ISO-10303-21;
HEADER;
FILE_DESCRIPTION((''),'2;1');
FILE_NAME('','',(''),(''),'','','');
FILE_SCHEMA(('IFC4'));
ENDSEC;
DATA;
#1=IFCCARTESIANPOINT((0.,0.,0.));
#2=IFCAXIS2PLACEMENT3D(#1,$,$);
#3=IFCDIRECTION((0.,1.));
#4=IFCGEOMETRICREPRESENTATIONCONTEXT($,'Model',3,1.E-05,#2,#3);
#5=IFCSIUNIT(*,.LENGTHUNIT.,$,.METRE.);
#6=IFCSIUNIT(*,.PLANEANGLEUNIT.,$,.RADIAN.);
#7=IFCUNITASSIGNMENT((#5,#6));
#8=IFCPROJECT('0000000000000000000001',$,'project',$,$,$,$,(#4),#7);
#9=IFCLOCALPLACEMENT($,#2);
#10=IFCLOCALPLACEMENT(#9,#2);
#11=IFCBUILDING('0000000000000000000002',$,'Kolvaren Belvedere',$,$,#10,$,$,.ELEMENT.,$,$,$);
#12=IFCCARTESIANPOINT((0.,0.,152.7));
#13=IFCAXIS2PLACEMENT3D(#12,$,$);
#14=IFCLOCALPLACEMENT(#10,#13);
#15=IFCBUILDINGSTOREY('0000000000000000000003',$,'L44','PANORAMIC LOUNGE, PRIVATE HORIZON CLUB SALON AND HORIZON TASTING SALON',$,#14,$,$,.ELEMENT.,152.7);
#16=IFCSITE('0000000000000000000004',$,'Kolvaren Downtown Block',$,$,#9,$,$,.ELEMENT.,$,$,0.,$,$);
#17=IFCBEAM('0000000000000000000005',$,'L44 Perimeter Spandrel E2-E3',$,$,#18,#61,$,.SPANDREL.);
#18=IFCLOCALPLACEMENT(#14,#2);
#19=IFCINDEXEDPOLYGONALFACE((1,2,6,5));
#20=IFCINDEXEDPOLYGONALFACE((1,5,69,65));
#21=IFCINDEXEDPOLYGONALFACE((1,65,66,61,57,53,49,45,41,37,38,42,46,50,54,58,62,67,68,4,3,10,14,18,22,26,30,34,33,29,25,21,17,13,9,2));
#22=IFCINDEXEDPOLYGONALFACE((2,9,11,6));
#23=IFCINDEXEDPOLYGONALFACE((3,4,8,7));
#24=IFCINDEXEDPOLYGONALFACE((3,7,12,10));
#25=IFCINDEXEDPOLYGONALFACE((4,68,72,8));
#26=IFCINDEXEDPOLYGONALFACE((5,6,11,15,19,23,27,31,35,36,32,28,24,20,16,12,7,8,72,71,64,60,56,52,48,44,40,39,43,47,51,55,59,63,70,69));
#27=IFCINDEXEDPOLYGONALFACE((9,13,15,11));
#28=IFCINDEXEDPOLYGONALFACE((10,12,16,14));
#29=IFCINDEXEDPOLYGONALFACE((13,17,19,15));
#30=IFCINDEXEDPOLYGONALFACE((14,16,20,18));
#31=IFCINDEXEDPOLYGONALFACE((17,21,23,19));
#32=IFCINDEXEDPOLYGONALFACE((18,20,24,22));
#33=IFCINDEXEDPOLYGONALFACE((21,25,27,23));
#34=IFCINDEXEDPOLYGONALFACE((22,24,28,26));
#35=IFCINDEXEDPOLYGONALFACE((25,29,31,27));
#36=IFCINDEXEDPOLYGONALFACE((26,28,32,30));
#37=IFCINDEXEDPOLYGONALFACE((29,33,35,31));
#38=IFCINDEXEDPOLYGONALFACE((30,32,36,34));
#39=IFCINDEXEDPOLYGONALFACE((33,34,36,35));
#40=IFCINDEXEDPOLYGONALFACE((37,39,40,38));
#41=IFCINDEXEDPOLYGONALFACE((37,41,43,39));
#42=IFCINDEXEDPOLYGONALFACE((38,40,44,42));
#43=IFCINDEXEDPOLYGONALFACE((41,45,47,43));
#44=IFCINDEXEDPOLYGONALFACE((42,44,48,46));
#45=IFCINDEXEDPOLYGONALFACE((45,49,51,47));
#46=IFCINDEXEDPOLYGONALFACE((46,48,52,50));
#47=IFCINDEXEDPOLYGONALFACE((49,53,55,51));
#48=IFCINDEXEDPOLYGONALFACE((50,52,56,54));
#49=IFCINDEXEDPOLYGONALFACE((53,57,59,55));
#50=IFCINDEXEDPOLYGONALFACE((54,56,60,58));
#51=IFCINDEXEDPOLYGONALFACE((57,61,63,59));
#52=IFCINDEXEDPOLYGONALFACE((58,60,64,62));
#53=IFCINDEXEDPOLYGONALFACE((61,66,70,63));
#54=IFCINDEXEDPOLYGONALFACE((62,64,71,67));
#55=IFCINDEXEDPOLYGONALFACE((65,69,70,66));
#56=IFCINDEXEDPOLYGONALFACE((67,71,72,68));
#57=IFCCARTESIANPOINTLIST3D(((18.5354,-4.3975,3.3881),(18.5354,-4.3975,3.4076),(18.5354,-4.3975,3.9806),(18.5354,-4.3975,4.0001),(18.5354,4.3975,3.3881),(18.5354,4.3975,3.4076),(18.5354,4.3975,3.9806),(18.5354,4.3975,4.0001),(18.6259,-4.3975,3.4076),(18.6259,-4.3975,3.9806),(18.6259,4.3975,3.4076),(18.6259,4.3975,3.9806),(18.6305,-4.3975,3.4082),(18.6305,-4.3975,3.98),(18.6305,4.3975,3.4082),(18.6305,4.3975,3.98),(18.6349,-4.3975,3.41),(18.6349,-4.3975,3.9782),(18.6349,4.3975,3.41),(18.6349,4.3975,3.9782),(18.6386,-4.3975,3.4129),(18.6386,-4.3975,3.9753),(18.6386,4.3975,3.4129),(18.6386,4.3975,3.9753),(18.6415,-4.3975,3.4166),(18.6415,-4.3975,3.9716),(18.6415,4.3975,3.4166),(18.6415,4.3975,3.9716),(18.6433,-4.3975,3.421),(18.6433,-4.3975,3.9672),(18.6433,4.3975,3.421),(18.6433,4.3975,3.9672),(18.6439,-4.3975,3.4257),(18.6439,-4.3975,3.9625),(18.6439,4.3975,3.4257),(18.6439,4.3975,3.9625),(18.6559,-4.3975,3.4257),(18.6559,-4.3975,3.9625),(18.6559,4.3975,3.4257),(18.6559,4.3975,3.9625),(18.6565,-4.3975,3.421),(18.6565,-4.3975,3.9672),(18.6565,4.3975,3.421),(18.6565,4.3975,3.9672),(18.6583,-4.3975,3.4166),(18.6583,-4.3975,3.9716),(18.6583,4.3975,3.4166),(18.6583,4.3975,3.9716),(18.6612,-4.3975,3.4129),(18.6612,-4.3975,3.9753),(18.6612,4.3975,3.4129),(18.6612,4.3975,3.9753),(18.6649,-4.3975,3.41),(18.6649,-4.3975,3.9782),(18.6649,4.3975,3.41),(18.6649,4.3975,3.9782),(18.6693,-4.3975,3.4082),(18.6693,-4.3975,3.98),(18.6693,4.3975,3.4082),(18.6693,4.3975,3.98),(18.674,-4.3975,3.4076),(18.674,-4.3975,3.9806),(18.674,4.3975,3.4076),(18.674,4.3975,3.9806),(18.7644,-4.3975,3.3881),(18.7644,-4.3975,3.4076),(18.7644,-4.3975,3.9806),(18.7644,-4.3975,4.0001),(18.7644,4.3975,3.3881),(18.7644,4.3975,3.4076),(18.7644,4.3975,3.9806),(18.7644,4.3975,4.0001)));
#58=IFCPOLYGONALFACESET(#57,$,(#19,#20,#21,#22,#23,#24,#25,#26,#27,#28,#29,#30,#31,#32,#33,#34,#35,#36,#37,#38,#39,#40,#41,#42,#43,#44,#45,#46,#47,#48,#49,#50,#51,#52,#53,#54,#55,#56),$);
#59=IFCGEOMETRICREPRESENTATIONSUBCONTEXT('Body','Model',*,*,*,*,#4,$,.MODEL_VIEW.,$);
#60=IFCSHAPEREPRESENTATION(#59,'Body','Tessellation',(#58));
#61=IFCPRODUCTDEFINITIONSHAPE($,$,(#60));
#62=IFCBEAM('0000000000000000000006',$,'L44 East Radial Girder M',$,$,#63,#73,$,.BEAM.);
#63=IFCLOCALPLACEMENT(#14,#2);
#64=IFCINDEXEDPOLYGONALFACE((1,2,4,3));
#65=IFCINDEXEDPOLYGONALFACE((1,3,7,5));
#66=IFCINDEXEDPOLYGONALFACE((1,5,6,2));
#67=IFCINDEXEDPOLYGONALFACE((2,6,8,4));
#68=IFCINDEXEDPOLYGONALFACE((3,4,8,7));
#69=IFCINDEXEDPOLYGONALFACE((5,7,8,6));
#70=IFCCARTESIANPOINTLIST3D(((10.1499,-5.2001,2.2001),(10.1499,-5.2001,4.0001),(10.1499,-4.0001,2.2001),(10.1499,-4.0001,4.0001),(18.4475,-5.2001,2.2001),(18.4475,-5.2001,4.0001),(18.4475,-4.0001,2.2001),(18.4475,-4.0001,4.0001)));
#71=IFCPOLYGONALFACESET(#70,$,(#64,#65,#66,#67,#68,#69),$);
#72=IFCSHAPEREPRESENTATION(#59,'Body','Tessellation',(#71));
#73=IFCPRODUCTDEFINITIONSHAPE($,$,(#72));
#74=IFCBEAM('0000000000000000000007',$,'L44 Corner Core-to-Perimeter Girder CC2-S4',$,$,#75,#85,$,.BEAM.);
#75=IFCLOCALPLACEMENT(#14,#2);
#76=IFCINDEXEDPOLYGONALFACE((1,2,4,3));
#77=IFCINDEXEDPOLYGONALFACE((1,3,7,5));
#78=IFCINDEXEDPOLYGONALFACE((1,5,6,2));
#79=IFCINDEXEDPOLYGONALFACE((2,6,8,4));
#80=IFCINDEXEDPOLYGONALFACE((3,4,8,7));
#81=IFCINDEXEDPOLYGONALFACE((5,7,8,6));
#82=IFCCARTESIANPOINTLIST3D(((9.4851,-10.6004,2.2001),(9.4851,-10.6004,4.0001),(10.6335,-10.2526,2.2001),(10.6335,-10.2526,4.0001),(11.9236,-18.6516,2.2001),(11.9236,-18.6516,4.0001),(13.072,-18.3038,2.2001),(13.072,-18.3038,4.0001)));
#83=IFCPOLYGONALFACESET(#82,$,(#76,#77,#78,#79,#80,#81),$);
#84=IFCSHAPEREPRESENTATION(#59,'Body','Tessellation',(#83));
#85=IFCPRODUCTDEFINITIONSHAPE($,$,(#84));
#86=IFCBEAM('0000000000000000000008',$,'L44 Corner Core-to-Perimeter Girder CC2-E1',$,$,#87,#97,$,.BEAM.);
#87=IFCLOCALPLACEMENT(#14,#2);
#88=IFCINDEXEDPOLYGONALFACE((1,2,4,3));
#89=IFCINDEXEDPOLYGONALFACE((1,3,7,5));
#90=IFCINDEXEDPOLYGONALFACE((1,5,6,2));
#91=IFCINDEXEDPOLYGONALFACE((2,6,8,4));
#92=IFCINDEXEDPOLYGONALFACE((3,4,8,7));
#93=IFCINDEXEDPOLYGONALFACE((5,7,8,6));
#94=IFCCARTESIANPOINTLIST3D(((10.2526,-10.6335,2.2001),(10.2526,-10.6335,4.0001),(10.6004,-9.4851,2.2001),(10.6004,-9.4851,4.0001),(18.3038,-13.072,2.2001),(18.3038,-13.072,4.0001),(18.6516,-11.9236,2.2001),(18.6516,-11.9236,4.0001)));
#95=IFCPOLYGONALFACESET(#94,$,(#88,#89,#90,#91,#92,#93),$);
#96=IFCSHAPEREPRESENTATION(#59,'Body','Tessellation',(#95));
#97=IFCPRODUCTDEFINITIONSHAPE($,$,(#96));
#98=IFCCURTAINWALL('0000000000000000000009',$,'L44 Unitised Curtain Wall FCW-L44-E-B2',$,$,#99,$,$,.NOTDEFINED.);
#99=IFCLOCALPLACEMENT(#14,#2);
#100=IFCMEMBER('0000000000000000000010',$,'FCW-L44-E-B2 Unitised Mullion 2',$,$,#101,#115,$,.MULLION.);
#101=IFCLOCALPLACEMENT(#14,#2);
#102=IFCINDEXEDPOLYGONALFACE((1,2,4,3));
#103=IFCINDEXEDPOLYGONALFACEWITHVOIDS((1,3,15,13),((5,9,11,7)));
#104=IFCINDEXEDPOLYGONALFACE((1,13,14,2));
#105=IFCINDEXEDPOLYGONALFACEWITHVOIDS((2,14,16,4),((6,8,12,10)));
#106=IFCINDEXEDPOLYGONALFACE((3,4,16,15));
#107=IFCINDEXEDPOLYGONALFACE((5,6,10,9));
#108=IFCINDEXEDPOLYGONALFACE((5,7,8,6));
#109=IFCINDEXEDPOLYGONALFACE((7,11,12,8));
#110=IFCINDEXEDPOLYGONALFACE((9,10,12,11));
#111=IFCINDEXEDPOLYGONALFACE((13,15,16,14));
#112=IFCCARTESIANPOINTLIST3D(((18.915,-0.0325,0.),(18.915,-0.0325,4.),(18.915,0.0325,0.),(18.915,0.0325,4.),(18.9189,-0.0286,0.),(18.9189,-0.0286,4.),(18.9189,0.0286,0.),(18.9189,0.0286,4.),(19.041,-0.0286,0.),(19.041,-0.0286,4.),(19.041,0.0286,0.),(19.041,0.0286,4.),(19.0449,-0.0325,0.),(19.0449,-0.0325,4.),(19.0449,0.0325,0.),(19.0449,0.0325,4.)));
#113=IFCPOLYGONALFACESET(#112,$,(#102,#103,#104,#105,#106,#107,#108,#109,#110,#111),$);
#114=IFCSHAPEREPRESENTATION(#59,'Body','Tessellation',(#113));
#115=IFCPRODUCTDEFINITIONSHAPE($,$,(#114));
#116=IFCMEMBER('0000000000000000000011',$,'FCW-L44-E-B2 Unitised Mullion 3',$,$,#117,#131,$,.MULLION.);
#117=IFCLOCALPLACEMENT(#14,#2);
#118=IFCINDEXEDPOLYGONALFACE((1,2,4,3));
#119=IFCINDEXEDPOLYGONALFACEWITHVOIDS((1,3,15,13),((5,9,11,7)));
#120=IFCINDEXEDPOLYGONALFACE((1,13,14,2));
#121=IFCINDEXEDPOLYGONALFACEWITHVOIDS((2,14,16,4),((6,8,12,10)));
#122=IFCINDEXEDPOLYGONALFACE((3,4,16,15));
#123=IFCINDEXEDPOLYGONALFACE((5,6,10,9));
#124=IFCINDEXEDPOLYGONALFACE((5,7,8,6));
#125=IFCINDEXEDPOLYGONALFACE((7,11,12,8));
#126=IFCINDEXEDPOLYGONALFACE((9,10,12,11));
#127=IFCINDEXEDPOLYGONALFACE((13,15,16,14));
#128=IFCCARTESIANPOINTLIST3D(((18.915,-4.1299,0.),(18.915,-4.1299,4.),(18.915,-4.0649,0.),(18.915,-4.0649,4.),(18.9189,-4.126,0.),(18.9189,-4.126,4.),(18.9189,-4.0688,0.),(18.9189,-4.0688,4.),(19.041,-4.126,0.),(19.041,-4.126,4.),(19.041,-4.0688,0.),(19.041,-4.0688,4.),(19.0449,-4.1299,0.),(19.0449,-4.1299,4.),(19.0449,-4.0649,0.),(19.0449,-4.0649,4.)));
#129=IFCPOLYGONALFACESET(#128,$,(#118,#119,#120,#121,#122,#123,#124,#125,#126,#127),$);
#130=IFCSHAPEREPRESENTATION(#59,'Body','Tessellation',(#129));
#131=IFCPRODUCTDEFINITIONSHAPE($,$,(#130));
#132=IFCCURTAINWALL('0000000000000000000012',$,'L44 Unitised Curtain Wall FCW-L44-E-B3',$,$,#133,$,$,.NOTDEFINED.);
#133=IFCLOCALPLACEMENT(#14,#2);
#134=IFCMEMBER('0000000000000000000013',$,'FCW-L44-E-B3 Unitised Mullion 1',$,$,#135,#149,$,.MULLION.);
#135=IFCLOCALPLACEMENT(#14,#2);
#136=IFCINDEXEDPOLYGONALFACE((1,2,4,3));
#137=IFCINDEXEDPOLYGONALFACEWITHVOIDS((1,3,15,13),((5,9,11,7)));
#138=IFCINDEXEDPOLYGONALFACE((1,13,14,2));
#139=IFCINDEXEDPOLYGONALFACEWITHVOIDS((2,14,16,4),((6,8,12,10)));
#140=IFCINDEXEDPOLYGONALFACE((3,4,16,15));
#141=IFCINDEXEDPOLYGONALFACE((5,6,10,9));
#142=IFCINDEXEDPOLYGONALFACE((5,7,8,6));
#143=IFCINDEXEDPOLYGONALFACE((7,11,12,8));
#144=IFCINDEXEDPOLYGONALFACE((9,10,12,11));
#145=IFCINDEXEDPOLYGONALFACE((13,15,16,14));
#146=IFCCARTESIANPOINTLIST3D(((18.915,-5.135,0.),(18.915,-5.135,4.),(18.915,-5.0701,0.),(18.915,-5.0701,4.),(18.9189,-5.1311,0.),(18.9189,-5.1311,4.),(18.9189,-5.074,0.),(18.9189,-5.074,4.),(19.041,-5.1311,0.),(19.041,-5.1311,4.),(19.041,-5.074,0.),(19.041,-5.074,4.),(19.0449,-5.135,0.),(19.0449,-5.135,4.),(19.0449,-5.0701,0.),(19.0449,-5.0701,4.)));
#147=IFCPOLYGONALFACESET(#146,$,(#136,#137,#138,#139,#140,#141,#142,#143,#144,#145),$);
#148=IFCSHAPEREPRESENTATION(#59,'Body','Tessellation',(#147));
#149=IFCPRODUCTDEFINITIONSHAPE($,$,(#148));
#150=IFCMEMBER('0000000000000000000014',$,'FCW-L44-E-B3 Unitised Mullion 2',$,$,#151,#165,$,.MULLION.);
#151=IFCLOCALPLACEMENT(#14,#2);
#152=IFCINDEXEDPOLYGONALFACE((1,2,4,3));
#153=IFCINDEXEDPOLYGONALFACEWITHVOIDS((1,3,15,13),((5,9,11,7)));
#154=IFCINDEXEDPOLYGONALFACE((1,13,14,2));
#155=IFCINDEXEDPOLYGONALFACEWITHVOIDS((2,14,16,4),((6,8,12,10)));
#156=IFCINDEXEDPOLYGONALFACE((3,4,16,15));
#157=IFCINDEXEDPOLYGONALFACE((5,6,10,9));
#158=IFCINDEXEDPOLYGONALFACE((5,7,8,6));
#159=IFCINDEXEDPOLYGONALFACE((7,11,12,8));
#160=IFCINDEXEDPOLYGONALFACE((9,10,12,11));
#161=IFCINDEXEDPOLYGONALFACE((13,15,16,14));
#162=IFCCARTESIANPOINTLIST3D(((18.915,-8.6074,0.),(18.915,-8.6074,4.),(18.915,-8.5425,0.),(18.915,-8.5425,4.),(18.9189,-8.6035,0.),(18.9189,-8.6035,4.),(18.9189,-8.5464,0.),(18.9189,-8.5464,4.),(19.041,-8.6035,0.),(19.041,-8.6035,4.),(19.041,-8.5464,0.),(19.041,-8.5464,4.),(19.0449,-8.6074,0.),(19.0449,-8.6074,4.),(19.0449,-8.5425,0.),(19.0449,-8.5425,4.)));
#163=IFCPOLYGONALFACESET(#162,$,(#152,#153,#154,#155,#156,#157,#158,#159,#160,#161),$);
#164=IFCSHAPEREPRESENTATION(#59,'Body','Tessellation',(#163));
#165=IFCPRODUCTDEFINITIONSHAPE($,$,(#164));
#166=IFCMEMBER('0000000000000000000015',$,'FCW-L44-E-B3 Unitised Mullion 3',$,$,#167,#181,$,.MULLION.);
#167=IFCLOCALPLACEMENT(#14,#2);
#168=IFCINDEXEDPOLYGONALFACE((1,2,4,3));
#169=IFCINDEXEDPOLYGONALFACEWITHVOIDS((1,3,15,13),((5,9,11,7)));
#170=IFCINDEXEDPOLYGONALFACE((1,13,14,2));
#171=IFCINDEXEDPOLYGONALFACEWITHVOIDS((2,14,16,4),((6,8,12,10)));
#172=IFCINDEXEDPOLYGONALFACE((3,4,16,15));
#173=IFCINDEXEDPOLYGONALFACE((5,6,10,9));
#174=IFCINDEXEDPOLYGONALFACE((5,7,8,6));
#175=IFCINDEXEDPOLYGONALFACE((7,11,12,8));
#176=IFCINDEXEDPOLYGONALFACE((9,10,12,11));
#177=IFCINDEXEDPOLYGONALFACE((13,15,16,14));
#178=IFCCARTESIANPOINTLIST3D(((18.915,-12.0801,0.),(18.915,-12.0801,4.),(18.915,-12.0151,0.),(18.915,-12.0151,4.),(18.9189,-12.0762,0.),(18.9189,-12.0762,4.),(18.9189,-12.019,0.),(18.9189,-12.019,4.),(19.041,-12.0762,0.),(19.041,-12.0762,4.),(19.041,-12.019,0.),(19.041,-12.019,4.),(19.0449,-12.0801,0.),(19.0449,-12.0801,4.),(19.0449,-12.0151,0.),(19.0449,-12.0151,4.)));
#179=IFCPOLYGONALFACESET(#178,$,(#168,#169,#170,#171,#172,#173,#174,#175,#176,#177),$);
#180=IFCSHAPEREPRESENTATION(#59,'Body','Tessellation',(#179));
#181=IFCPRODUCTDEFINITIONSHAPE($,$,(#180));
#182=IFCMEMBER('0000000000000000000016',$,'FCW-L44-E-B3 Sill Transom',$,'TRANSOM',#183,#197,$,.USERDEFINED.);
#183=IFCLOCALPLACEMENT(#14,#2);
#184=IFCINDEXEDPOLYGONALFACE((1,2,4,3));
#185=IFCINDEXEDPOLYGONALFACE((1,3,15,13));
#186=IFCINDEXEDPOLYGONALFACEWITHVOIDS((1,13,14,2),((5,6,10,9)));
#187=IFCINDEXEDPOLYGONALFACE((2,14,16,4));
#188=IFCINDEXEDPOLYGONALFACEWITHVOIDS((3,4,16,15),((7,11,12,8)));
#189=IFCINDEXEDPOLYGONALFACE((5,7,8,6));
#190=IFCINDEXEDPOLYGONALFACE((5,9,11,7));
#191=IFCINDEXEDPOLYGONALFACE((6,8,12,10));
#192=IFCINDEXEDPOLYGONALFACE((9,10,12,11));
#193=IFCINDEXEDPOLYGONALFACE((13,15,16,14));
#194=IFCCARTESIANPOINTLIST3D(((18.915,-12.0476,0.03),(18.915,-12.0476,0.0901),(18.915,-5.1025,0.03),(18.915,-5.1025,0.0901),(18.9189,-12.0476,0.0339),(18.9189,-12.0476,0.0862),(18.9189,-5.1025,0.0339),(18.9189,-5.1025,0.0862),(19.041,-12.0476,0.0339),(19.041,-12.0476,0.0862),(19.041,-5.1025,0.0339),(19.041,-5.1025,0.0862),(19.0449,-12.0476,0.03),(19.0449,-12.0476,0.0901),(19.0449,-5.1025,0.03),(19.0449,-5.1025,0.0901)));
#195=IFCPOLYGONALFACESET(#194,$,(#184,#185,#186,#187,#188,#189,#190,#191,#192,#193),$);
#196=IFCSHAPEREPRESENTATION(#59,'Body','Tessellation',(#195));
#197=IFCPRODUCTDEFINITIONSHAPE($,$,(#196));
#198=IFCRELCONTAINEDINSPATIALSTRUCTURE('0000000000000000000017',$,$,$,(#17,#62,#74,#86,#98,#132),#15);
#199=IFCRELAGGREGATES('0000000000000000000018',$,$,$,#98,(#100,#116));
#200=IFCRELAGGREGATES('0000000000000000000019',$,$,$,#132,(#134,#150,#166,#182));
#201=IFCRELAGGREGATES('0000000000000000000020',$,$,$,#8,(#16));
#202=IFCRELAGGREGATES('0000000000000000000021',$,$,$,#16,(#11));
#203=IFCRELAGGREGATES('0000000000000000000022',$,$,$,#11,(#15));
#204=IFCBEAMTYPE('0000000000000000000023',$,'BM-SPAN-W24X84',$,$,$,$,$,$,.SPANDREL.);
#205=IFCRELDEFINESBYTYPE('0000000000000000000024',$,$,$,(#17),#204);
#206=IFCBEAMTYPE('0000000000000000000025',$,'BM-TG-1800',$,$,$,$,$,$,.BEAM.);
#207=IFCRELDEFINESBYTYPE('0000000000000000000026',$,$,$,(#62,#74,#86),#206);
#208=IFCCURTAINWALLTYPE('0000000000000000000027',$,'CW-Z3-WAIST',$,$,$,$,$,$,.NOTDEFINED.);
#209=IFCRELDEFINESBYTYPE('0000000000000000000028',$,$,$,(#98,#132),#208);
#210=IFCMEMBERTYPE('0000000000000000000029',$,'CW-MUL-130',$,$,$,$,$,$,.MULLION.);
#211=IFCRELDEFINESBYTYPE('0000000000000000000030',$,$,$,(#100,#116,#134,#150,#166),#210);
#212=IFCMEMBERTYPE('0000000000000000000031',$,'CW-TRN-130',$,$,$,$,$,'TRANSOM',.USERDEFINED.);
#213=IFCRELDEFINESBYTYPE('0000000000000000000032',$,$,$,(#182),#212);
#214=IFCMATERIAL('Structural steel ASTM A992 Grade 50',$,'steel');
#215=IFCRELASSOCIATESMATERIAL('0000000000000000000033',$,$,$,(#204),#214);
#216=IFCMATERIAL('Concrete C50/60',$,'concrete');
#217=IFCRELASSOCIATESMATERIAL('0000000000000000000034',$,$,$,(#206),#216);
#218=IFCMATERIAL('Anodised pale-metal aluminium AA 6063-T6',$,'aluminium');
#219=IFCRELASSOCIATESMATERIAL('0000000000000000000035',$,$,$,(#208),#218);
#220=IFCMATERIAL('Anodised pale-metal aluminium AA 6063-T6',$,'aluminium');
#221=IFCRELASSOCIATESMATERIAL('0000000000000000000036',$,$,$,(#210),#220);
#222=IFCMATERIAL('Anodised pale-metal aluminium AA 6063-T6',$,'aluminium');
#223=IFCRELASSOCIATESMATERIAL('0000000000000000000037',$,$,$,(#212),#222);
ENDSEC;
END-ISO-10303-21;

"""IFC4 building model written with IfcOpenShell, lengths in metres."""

from ifc_helpers import new_model, si_unit, direction, frame, origin, origin_2d, place, context, subcontext, project, spatial, rectangle, hollow_rectangle, i_section, extrude, material, material_profile, profile_set, type_object, element, aggregate, save


model = new_model("IFC4")

# Units and contexts
model_context = context("Model", 3, precision=1e-05, world=origin(), true_north=direction((0.0, 1.0)))
body_context = subcontext(model_context, "Body", "Model", "MODEL_VIEW")
ifc_project = project(units=[si_unit("LENGTHUNIT", "METRE"), si_unit("PLANEANGLEUNIT", "RADIAN")], contexts=[model_context])

# Site, building, storey
site_placement = place(None, origin())
site = spatial("IfcSite", under=ifc_project, at=site_placement, Name="Kolvaren Downtown Block", CompositionType="ELEMENT", RefElevation=0.0)
building_placement = place(site_placement, origin())
building = spatial("IfcBuilding", under=site, at=building_placement, Name="Kolvaren Belvedere", CompositionType="ELEMENT")
storey_placement = place(building_placement, frame((0.0, 0.0, 152.7)))
storey = spatial("IfcBuildingStorey", under=building, at=storey_placement, Name="L44", Description="PANORAMIC LOUNGE, PRIVATE HORIZON CLUB SALON AND HORIZON TASTING SALON", CompositionType="ELEMENT", Elevation=152.7)

# Beams
ifc_material_1 = material(Name="Structural steel ASTM A992 Grade 50", Category="steel")
ifc_material_profile_1 = material_profile(ifc_material_1, i_section(OverallWidth=0.229, OverallDepth=0.6121, WebThickness=0.012, FlangeThickness=0.0195, FilletRadius=0.0181, at=origin_2d()), Name="W24X84")
ifc_profile_set_1 = profile_set([ifc_material_profile_1], Name="Structural steel ASTM A992 Grade 50")
beam_type_1 = type_object("IfcBeamType", Name="BM-SPAN-W24X84", PredefinedType="SPANDREL", material=ifc_profile_set_1)
beam_1_placement = place(storey_placement, frame((18.6499, -4.3975, 3.6941), z_axis=(0.0, 1.0, 0.0), x_axis=(-1.0, 0.0, 0.0)))
element("IfcBeam", 1, at=beam_1_placement, inside=storey, type_object=beam_type_1, Name="L44 Perimeter Spandrel E2-E3", PredefinedType="SPANDREL", context=body_context, shape_type="SweptSolid", body=[
    extrude(i_section(OverallWidth=0.229, OverallDepth=0.6121, WebThickness=0.012, FlangeThickness=0.0195, FilletRadius=0.0181, at=origin_2d()), origin(), (0.0, 0.0, 1.0), 8.7949),
])
ifc_material_2 = material(Name="Concrete C50/60", Category="concrete")
ifc_material_profile_2 = material_profile(ifc_material_2, rectangle(XDim=1.2, YDim=1.8, at=origin_2d()), Name="RC 1200X1800")
ifc_profile_set_2 = profile_set([ifc_material_profile_2], Name="Concrete C50/60")
beam_type_2 = type_object("IfcBeamType", Name="BM-TG-1800", PredefinedType="BEAM", material=ifc_profile_set_2)
beam_2_placement = place(storey_placement, frame((10.1499, -4.6001, 3.1001), z_axis=(1.0, 0.0, 0.0), x_axis=(0.0, 1.0, 0.0)))
element("IfcBeam", 2, at=beam_2_placement, inside=storey, type_object=beam_type_2, Name="L44 East Radial Girder M", PredefinedType="BEAM", context=body_context, shape_type="SweptSolid", body=[
    extrude(rectangle(XDim=1.2, YDim=1.8, at=origin_2d()), origin(), (0.0, 0.0, 1.0), 8.2976),
])
for number, where, z_axis, x_axis, name in (
    (3, (10.0593, -10.4265, 3.1001), (0.289866, -0.957067, 0.0), (0.957067, 0.289866, 0.0), "L44 Corner Core-to-Perimeter Girder CC2-S4"),
    (4, (10.4265, -10.0593, 3.1001), (0.957067, -0.289866, 0.0), (0.289866, 0.957067, 0.0), "L44 Corner Core-to-Perimeter Girder CC2-E1"),
):
    element("IfcBeam", number, at=place(storey_placement, frame(where, z_axis=z_axis, x_axis=x_axis)), inside=storey, type_object=beam_type_2, Name=name, PredefinedType="BEAM", context=body_context, shape_type="SweptSolid", body=[
        extrude(rectangle(XDim=1.2, YDim=1.8, at=origin_2d()), origin(), (0.0, 0.0, 1.0), 8.4124),
    ])

# Curtain walls, members
ifc_material_3 = material(Name="Anodised pale-metal aluminium AA 6063-T6", Category="aluminium")
curtain_wall_type = type_object("IfcCurtainWallType", Name="CW-Z3-WAIST", PredefinedType="NOTDEFINED", material=ifc_material_3)
curtain_wall_1_placement = place(storey_placement, origin())
curtain_wall_1 = element("IfcCurtainWall", 5, at=curtain_wall_1_placement, inside=storey, type_object=curtain_wall_type, Name="L44 Unitised Curtain Wall FCW-L44-E-B2", PredefinedType="NOTDEFINED")
ifc_material_4 = material(Name="Anodised pale-metal aluminium AA 6063-T6", Category="aluminium")
ifc_material_profile_3 = material_profile(ifc_material_4, hollow_rectangle(XDim=0.0649, YDim=0.1299, WallThickness=0.0039, at=origin_2d()), Name="ALU-MUL-130X65")
ifc_profile_set_3 = profile_set([ifc_material_profile_3], Name="Anodised pale-metal aluminium AA 6063-T6")
member_type_1 = type_object("IfcMemberType", Name="CW-MUL-130", PredefinedType="MULLION", material=ifc_profile_set_3)
member_1_placement = place(storey_placement, frame((18.98, 0.0, 0.0), z_axis=(0.0, 0.0, 1.0), x_axis=(0.0, 1.0, 0.0)))
member_1 = element("IfcMember", 6, at=member_1_placement, type_object=member_type_1, Name="FCW-L44-E-B2 Unitised Mullion 2", PredefinedType="MULLION", context=body_context, shape_type="SweptSolid", body=[
    extrude(hollow_rectangle(XDim=0.0649, YDim=0.1299, WallThickness=0.0039, at=origin_2d()), origin(), (0.0, 0.0, 1.0), 4.0),
])
member_2_placement = place(storey_placement, frame((18.98, -4.0974, 0.0), z_axis=(0.0, 0.0, 1.0), x_axis=(0.0, 1.0, 0.0)))
member_2 = element("IfcMember", 7, at=member_2_placement, type_object=member_type_1, Name="FCW-L44-E-B2 Unitised Mullion 3", PredefinedType="MULLION", context=body_context, shape_type="SweptSolid", body=[
    extrude(hollow_rectangle(XDim=0.0649, YDim=0.1299, WallThickness=0.0039, at=origin_2d()), origin(), (0.0, 0.0, 1.0), 4.0),
])
curtain_wall_2_placement = place(storey_placement, origin())
curtain_wall_2 = element("IfcCurtainWall", 8, at=curtain_wall_2_placement, inside=storey, type_object=curtain_wall_type, Name="L44 Unitised Curtain Wall FCW-L44-E-B3", PredefinedType="NOTDEFINED")
member_3_placement = place(storey_placement, frame((18.98, -5.1025, 0.0), z_axis=(0.0, 0.0, 1.0), x_axis=(0.0, 1.0, 0.0)))
member_3 = element("IfcMember", 9, at=member_3_placement, type_object=member_type_1, Name="FCW-L44-E-B3 Unitised Mullion 1", PredefinedType="MULLION", context=body_context, shape_type="SweptSolid", body=[
    extrude(hollow_rectangle(XDim=0.0649, YDim=0.1299, WallThickness=0.0039, at=origin_2d()), origin(), (0.0, 0.0, 1.0), 4.0),
])
member_4_placement = place(storey_placement, frame((18.98, -8.575, 0.0), z_axis=(0.0, 0.0, 1.0), x_axis=(0.0, 1.0, 0.0)))
member_4 = element("IfcMember", 10, at=member_4_placement, type_object=member_type_1, Name="FCW-L44-E-B3 Unitised Mullion 2", PredefinedType="MULLION", context=body_context, shape_type="SweptSolid", body=[
    extrude(hollow_rectangle(XDim=0.0649, YDim=0.1299, WallThickness=0.0039, at=origin_2d()), origin(), (0.0, 0.0, 1.0), 4.0),
])
member_5_placement = place(storey_placement, frame((18.98, -12.0476, 0.0), z_axis=(0.0, 0.0, 1.0), x_axis=(0.0, 1.0, 0.0)))
member_5 = element("IfcMember", 11, at=member_5_placement, type_object=member_type_1, Name="FCW-L44-E-B3 Unitised Mullion 3", PredefinedType="MULLION", context=body_context, shape_type="SweptSolid", body=[
    extrude(hollow_rectangle(XDim=0.0649, YDim=0.1299, WallThickness=0.0039, at=origin_2d()), origin(), (0.0, 0.0, 1.0), 4.0),
])
ifc_material_5 = material(Name="Anodised pale-metal aluminium AA 6063-T6", Category="aluminium")
ifc_material_profile_4 = material_profile(ifc_material_5, hollow_rectangle(XDim=0.0601, YDim=0.1299, WallThickness=0.0039, at=origin_2d()), Name="ALU-TRN-130X60")
ifc_profile_set_4 = profile_set([ifc_material_profile_4], Name="Anodised pale-metal aluminium AA 6063-T6")
member_type_2 = type_object("IfcMemberType", Name="CW-TRN-130", ElementType="TRANSOM", PredefinedType="USERDEFINED", material=ifc_profile_set_4)
member_6_placement = place(storey_placement, frame((18.98, -5.1025, 0.0601), z_axis=(0.0, -1.0, 0.0), x_axis=(0.0, 0.0, 1.0)))
member_6 = element("IfcMember", 12, at=member_6_placement, type_object=member_type_2, Name="FCW-L44-E-B3 Sill Transom", ObjectType="TRANSOM", PredefinedType="USERDEFINED", context=body_context, shape_type="SweptSolid", body=[
    extrude(hollow_rectangle(XDim=0.0601, YDim=0.1299, WallThickness=0.0039, at=origin_2d()), origin(), (0.0, 0.0, 1.0), 6.9451),
])

aggregate(curtain_wall_1, [member_1, member_2])
aggregate(curtain_wall_2, [member_3, member_4, member_5, member_6])

save(model, "model.ifc")
